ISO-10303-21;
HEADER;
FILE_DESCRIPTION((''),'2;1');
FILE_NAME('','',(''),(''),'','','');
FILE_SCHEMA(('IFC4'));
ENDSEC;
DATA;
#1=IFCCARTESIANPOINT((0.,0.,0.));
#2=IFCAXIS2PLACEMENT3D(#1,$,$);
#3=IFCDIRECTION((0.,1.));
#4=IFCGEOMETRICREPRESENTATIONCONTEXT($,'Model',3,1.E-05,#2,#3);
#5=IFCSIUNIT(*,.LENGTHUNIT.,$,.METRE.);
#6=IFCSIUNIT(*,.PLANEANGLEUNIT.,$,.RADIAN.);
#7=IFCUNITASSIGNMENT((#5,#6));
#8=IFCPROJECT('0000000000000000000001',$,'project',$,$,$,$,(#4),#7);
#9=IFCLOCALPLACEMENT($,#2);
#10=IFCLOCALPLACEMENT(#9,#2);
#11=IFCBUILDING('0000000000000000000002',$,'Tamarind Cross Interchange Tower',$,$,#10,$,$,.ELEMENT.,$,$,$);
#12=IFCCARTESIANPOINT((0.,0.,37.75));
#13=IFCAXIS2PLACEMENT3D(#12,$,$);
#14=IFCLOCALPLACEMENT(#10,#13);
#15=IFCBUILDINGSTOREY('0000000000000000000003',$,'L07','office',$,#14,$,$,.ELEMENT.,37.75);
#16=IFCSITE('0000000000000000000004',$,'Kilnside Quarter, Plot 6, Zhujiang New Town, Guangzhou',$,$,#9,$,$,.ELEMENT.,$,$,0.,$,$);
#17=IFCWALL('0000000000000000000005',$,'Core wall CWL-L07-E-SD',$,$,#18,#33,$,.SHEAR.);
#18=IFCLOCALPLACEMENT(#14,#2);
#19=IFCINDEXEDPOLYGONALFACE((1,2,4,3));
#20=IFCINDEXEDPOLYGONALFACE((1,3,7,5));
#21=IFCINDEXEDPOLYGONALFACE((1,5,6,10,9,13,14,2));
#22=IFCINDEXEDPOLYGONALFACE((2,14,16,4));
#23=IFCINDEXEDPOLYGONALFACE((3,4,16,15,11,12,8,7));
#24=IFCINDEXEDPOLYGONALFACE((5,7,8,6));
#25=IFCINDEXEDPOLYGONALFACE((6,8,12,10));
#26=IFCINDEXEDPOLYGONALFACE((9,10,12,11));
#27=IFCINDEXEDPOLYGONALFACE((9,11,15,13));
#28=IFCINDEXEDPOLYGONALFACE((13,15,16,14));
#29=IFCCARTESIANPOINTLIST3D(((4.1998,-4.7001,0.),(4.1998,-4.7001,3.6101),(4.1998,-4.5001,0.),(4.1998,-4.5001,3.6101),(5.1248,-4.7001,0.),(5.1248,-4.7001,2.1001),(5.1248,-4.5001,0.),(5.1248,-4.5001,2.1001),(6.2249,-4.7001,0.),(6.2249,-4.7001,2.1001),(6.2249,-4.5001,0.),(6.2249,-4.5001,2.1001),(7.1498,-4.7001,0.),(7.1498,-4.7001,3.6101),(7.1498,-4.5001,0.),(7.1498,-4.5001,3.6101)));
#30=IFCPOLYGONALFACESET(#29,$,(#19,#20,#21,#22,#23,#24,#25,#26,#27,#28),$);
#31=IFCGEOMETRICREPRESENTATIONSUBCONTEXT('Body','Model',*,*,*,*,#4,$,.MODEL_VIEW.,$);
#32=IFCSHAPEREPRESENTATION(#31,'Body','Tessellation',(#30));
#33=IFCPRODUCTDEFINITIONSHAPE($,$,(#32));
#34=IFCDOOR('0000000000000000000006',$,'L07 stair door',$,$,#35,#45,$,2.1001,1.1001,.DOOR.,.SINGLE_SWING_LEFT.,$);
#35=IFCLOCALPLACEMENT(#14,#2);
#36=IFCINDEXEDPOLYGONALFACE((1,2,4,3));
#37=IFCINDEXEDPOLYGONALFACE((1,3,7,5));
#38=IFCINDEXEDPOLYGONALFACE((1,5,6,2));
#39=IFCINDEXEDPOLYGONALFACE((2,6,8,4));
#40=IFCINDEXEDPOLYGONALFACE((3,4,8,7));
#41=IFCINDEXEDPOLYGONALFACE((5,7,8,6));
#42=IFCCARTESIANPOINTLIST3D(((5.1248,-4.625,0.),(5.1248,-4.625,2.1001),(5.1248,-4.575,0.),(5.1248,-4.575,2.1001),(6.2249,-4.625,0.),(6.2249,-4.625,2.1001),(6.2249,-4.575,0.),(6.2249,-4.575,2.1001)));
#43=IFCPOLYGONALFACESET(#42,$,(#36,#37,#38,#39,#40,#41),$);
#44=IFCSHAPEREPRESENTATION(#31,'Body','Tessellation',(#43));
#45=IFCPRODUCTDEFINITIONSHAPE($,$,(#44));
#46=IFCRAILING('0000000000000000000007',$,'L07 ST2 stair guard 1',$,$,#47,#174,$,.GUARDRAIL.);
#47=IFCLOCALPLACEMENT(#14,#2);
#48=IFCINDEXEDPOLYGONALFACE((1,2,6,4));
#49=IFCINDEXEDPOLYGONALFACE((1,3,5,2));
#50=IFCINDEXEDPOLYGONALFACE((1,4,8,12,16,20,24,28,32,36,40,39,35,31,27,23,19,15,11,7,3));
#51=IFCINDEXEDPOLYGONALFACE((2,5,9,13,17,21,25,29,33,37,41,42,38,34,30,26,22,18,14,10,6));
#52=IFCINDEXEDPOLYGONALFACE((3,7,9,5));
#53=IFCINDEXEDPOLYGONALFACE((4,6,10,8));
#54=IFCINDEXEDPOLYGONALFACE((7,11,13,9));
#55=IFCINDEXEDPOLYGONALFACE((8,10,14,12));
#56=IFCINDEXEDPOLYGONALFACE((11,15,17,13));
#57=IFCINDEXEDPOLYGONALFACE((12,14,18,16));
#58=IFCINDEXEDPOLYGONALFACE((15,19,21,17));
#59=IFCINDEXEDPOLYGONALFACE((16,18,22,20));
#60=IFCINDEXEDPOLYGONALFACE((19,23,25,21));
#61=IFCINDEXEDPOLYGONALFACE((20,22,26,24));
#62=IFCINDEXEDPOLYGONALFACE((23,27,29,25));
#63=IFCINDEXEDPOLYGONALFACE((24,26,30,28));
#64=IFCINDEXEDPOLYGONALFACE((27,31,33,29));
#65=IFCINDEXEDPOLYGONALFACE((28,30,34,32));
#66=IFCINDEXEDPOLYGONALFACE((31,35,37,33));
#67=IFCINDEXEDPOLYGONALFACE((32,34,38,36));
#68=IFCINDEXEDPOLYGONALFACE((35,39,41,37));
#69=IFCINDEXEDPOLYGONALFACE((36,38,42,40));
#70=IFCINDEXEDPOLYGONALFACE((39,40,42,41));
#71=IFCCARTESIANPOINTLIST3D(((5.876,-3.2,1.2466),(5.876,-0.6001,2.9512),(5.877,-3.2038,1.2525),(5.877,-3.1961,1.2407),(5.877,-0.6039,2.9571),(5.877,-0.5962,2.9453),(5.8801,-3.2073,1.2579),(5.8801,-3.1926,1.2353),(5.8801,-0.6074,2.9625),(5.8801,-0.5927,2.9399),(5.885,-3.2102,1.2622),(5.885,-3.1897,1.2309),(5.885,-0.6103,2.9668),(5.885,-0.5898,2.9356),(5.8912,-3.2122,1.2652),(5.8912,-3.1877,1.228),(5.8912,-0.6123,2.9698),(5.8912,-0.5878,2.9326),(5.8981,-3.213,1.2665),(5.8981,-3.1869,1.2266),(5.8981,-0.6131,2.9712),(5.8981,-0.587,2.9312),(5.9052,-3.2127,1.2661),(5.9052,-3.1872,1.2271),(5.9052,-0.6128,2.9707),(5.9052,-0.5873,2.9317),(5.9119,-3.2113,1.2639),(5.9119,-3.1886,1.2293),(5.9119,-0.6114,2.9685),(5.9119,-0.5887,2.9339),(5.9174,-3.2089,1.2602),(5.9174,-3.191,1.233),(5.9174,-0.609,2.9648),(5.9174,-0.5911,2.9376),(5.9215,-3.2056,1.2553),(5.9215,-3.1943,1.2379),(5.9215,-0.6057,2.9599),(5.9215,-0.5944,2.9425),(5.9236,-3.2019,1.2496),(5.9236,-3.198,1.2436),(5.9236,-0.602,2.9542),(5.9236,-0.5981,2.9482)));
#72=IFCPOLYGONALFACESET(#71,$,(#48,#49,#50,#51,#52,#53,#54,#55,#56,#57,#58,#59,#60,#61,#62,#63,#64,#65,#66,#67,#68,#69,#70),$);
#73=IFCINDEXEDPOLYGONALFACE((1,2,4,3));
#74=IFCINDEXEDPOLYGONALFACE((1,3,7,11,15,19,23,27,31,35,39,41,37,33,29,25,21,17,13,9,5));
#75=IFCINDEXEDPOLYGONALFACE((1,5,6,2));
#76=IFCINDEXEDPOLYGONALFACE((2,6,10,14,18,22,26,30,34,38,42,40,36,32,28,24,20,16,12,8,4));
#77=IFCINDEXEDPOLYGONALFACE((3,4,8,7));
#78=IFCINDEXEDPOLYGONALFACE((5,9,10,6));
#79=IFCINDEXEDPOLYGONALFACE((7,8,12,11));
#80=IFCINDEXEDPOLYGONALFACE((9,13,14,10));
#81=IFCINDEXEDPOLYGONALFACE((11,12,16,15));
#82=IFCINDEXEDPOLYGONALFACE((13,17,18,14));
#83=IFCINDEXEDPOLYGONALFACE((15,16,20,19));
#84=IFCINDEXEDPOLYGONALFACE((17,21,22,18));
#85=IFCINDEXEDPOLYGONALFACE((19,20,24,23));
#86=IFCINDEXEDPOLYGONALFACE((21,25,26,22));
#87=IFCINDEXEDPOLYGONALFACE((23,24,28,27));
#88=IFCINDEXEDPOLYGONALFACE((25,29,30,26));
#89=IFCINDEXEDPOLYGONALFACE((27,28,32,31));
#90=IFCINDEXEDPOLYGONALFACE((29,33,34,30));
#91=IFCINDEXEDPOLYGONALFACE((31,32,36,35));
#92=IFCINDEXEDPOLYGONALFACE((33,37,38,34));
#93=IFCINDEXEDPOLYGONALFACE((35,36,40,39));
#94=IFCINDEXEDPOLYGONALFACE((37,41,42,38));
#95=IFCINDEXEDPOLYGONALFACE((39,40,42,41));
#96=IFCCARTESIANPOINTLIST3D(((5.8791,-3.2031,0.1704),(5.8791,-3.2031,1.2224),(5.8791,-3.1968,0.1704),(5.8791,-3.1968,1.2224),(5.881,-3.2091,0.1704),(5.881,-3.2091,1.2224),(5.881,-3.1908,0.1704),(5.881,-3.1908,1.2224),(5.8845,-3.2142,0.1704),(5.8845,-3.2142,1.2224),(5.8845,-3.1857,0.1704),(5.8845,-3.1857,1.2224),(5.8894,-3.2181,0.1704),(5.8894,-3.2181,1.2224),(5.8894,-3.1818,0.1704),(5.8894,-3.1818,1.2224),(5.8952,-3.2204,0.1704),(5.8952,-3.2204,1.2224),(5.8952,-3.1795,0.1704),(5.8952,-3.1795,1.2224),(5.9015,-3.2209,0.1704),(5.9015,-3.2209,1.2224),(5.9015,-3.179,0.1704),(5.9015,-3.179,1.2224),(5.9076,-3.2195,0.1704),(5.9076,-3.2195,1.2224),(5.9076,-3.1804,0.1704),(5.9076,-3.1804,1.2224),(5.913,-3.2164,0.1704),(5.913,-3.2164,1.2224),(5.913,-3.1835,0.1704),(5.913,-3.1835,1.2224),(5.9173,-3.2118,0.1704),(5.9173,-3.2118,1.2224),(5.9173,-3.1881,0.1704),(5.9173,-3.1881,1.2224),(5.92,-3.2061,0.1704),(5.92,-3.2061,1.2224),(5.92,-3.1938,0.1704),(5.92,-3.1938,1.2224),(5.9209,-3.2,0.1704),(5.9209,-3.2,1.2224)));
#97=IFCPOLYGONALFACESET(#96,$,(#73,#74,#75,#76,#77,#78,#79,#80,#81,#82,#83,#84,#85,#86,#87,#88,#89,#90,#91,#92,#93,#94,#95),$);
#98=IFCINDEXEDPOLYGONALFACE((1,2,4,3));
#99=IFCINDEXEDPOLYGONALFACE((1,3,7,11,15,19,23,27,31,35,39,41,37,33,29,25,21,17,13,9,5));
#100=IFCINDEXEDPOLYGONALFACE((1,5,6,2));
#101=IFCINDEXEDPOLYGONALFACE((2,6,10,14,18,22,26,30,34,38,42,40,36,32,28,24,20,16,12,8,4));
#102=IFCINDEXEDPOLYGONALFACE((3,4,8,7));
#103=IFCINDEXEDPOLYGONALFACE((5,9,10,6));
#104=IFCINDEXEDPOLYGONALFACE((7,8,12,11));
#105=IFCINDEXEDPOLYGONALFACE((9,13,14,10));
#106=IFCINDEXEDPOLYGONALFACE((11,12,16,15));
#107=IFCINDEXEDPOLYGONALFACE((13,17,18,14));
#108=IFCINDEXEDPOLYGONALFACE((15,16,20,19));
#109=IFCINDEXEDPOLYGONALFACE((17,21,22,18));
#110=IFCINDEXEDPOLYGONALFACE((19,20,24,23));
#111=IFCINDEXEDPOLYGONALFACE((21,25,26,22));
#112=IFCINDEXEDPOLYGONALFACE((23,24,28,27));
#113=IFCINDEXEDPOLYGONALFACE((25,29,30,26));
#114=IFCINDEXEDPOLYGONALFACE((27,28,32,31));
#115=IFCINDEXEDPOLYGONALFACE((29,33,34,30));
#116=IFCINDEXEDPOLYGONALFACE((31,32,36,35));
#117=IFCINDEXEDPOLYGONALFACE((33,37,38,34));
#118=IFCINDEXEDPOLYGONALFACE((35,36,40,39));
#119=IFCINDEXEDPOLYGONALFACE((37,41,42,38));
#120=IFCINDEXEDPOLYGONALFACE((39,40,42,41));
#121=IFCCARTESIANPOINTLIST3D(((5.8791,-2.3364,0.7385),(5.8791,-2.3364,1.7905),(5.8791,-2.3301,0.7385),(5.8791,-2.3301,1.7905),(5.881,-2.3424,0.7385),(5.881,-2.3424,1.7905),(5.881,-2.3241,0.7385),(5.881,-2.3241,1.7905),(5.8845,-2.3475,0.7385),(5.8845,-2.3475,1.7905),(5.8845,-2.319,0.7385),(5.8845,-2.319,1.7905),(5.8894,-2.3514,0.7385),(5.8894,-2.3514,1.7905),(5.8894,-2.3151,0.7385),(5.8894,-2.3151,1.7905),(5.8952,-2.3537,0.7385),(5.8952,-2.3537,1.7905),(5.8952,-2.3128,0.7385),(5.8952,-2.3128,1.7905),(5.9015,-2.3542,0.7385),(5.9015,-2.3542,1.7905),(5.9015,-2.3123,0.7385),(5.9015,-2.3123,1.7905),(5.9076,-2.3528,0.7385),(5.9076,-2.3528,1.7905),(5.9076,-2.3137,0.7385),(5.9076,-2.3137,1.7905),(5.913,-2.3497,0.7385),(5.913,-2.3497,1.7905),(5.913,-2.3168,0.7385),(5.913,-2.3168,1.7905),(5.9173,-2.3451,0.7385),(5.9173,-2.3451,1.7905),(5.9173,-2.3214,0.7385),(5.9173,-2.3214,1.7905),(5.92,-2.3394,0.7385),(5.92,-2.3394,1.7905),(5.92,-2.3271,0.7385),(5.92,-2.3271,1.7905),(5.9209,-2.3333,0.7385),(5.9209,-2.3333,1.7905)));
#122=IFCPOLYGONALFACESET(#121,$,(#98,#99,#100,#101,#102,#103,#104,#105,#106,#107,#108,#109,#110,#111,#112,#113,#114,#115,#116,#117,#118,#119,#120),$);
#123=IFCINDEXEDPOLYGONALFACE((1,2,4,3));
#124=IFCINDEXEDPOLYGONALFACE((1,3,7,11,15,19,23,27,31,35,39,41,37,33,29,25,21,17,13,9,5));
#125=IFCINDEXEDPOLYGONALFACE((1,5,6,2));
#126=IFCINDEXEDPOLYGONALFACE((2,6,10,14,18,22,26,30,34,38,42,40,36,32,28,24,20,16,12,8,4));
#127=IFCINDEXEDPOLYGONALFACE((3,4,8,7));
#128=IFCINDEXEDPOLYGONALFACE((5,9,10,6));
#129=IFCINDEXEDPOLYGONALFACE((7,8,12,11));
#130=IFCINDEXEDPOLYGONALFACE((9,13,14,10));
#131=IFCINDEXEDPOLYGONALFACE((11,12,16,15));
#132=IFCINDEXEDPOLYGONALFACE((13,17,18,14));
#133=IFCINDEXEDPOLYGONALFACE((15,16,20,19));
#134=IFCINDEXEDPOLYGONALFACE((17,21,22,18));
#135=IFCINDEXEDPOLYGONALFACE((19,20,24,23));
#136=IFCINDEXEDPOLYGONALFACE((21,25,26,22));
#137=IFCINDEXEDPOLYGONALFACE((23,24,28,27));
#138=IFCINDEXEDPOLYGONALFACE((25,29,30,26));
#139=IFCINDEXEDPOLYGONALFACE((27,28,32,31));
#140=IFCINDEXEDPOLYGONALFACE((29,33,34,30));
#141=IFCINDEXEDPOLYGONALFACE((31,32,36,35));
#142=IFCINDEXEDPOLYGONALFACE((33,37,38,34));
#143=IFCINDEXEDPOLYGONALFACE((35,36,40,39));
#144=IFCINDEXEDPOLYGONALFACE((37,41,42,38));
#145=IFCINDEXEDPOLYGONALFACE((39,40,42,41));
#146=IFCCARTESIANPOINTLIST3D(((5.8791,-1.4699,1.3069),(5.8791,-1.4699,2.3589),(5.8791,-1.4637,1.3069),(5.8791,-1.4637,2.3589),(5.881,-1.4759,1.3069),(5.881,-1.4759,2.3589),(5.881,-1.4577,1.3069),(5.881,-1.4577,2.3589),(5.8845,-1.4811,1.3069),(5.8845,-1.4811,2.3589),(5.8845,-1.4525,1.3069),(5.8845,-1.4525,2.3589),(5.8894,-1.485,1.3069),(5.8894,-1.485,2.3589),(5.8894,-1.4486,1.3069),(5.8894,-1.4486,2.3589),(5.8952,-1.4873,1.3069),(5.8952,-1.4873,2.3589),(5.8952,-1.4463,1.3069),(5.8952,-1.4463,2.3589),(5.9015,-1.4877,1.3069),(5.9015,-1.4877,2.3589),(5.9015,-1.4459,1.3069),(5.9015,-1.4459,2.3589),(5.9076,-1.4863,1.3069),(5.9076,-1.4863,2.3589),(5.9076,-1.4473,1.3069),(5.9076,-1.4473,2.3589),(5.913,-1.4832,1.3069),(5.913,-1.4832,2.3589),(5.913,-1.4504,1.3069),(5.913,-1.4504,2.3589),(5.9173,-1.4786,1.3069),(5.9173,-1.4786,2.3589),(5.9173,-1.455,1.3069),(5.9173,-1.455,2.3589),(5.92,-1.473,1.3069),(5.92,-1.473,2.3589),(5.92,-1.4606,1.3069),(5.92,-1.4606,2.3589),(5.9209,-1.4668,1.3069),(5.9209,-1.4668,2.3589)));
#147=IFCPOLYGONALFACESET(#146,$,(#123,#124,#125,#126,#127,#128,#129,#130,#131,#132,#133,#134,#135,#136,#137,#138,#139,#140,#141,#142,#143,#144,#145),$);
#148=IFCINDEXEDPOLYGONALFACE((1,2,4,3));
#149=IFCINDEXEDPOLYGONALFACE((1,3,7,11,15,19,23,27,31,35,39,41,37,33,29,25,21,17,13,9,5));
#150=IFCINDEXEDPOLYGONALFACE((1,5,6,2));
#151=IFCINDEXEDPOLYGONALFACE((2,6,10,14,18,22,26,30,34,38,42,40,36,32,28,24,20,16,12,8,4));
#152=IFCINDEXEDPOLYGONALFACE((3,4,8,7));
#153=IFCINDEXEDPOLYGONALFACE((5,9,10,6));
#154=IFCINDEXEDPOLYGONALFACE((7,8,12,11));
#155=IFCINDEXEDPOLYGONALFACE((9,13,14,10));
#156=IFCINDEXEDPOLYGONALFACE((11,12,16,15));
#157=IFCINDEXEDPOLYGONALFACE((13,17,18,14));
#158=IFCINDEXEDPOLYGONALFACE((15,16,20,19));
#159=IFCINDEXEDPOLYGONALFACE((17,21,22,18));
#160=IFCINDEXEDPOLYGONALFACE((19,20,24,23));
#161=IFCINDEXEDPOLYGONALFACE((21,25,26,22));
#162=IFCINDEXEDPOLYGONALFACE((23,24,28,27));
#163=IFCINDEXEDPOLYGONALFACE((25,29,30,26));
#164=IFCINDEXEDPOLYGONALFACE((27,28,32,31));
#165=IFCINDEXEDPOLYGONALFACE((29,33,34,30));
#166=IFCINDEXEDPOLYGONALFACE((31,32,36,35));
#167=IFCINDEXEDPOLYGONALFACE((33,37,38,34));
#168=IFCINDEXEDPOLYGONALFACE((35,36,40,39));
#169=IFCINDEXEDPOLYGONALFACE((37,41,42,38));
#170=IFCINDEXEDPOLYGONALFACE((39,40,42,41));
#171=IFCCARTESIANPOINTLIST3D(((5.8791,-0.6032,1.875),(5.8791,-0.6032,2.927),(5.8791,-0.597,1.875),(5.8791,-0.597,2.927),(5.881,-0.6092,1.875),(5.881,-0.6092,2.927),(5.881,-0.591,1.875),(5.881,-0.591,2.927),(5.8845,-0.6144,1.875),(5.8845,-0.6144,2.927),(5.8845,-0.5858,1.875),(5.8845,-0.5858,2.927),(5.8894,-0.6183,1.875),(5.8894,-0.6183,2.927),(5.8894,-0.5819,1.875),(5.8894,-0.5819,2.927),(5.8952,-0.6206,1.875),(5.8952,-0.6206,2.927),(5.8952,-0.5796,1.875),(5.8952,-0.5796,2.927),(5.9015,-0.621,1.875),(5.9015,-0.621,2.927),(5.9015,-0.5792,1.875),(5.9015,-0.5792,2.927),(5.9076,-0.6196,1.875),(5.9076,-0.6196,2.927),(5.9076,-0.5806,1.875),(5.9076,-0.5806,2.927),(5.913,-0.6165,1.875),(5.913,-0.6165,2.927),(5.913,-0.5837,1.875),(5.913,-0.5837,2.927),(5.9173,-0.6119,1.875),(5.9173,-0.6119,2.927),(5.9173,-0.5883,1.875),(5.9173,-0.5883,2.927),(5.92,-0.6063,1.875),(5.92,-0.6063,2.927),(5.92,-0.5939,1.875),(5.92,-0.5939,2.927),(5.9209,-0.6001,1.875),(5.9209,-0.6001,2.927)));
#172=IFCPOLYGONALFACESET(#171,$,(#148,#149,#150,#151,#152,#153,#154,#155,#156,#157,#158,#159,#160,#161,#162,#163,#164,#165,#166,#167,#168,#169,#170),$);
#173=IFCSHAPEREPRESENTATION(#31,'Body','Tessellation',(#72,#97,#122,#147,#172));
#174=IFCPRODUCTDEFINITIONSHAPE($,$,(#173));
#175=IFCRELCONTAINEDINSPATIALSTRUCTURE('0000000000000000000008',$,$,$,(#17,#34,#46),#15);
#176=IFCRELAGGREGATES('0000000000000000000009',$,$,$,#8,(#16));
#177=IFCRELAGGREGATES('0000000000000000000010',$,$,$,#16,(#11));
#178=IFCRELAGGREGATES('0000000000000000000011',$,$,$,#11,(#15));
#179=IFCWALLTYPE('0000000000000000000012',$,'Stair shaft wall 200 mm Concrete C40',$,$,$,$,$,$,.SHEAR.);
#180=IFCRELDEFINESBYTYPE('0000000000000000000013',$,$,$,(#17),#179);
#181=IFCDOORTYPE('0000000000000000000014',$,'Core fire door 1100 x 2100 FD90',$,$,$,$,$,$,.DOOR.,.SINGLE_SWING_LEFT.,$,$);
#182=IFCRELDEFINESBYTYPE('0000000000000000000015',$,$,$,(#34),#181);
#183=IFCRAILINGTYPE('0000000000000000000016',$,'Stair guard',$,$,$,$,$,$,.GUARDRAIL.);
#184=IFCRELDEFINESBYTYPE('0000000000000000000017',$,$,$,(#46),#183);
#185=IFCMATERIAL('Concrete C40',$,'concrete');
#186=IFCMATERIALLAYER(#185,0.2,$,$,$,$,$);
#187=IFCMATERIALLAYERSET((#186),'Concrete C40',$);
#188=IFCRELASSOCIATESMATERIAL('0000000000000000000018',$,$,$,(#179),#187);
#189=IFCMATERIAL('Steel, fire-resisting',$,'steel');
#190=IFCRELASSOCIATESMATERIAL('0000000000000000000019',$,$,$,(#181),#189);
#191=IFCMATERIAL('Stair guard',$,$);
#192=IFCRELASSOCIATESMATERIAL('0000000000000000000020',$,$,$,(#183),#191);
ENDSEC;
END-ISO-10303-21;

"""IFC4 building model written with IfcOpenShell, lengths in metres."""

from ifc_helpers import new_model, si_unit, direction, frame, frame_2d, origin, origin_2d, place, context, subcontext, project, spatial, rectangle, circle, extrude, material, layer, layer_set, type_object, element, fill, save


model = new_model("IFC4")

# Units and contexts
model_context = context("Model", 3, precision=1e-05, world=origin(), true_north=direction((0.0, 1.0)))
body_context = subcontext(model_context, "Body", "Model", "MODEL_VIEW")
ifc_project = project(units=[si_unit("LENGTHUNIT", "METRE"), si_unit("PLANEANGLEUNIT", "RADIAN")], contexts=[model_context])

# Site, building, storey
site_placement = place(None, origin())
site = spatial("IfcSite", under=ifc_project, at=site_placement, Name="Kilnside Quarter, Plot 6, Zhujiang New Town, Guangzhou", CompositionType="ELEMENT", RefElevation=0.0)
building_placement = place(site_placement, origin())
building = spatial("IfcBuilding", under=site, at=building_placement, Name="Tamarind Cross Interchange Tower", CompositionType="ELEMENT")
storey_placement = place(building_placement, frame((0.0, 0.0, 37.75)))
storey = spatial("IfcBuildingStorey", under=building, at=storey_placement, Name="L07", Description="office", CompositionType="ELEMENT", Elevation=37.75)

# Shared definitions
ifc_material_1 = material(Name="Steel, fire-resisting", Category="steel")

# Wall, opening, door
ifc_material_2 = material(Name="Concrete C40", Category="concrete")
ifc_layer_1 = layer(ifc_material_2, 0.2)
ifc_layer_set_1 = layer_set([ifc_layer_1], Name="Concrete C40")
wall_type_1 = type_object("IfcWallType", Name="Stair shaft wall 200 mm Concrete C40", PredefinedType="SHEAR", material=ifc_layer_set_1)
wall_1_placement = place(storey_placement, frame((7.1499, -4.6001, 0.0), z_axis=(0.0, 0.0, 1.0), x_axis=(-1.0, 0.0, 0.0)))
wall_1 = element("IfcWall", 1, at=wall_1_placement, inside=storey, type_object=wall_type_1, Name="Core wall CWL-L07-E-SD", PredefinedType="SHEAR", context=body_context, shape_type="SweptSolid", body=[
    extrude(rectangle(XDim=2.95, YDim=0.2, at=frame_2d((1.4751, 0.0))), origin(), (0.0, 0.0, 1.0), 3.6101),
])
opening_1_placement = place(wall_1_placement, frame((0.925, 0.0, 0.0)))
opening_1 = element("IfcOpeningElement", 2, at=opening_1_placement, cuts=wall_1, PredefinedType="OPENING", context=body_context, shape_type="SweptSolid", body=[
    extrude(rectangle(XDim=1.1001, YDim=2.1001, at=frame_2d((0.55, 1.05))), frame((0.0, 0.1099, 0.0), z_axis=(0.0, -1.0, 0.0), x_axis=(1.0, 0.0, 0.0)), (0.0, 0.0, 1.0), 0.22),
])
door_type_1 = type_object("IfcDoorType", Name="Core fire door 1100 x 2100 FD90", OperationType="SINGLE_SWING_LEFT", PredefinedType="DOOR", material=ifc_material_1)
door_1_placement = place(opening_1_placement, origin())
door_1 = element("IfcDoor", 3, at=door_1_placement, inside=storey, type_object=door_type_1, Name="L07 stair door", OperationType="SINGLE_SWING_LEFT", OverallHeight=2.1001, OverallWidth=1.1001, PredefinedType="DOOR", context=body_context, shape_type="SweptSolid", body=[
    extrude(rectangle(XDim=1.1001, YDim=2.1001, at=frame_2d((0.55, 1.05))), frame((0.0, 0.0249, 0.0), z_axis=(0.0, -1.0, 0.0), x_axis=(1.0, 0.0, 0.0)), (0.0, 0.0, 1.0), 0.05),
])
fill(opening_1, door_1)

# Railing
ifc_material_3 = material(Name="Stair guard")
railing_type = type_object("IfcRailingType", Name="Stair guard", PredefinedType="GUARDRAIL", material=ifc_material_3)
railing_1_placement = place(storey_placement, frame((5.8999, -3.2, 0.1704)))
element("IfcRailing", 4, at=railing_1_placement, inside=storey, type_object=railing_type, Name="L07 ST2 stair guard 1", PredefinedType="GUARDRAIL", context=body_context, shape_type="SweptSolid", body=[
    extrude(circle(Radius=0.0239, at=origin_2d()), frame((0.0, 0.0, 1.0762), z_axis=(0.0, 0.836279, 0.548305), x_axis=(-1.0, 0.0, 0.0)), (0.0, 0.0, 1.0), 3.1089),
    extrude(circle(Radius=0.021, at=origin_2d()), origin(), (0.0, 0.0, 1.0), 1.052),
    extrude(circle(Radius=0.021, at=origin_2d()), frame((0.0, 0.8667, 0.5681)), (0.0, 0.0, 1.0), 1.052),
    extrude(circle(Radius=0.021, at=origin_2d()), frame((0.0, 1.7332, 1.1365)), (0.0, 0.0, 1.0), 1.052),
    extrude(circle(Radius=0.021, at=origin_2d()), frame((0.0, 2.5999, 1.7046)), (0.0, 0.0, 1.0), 1.052),
])

save(model, "model.ifc")
